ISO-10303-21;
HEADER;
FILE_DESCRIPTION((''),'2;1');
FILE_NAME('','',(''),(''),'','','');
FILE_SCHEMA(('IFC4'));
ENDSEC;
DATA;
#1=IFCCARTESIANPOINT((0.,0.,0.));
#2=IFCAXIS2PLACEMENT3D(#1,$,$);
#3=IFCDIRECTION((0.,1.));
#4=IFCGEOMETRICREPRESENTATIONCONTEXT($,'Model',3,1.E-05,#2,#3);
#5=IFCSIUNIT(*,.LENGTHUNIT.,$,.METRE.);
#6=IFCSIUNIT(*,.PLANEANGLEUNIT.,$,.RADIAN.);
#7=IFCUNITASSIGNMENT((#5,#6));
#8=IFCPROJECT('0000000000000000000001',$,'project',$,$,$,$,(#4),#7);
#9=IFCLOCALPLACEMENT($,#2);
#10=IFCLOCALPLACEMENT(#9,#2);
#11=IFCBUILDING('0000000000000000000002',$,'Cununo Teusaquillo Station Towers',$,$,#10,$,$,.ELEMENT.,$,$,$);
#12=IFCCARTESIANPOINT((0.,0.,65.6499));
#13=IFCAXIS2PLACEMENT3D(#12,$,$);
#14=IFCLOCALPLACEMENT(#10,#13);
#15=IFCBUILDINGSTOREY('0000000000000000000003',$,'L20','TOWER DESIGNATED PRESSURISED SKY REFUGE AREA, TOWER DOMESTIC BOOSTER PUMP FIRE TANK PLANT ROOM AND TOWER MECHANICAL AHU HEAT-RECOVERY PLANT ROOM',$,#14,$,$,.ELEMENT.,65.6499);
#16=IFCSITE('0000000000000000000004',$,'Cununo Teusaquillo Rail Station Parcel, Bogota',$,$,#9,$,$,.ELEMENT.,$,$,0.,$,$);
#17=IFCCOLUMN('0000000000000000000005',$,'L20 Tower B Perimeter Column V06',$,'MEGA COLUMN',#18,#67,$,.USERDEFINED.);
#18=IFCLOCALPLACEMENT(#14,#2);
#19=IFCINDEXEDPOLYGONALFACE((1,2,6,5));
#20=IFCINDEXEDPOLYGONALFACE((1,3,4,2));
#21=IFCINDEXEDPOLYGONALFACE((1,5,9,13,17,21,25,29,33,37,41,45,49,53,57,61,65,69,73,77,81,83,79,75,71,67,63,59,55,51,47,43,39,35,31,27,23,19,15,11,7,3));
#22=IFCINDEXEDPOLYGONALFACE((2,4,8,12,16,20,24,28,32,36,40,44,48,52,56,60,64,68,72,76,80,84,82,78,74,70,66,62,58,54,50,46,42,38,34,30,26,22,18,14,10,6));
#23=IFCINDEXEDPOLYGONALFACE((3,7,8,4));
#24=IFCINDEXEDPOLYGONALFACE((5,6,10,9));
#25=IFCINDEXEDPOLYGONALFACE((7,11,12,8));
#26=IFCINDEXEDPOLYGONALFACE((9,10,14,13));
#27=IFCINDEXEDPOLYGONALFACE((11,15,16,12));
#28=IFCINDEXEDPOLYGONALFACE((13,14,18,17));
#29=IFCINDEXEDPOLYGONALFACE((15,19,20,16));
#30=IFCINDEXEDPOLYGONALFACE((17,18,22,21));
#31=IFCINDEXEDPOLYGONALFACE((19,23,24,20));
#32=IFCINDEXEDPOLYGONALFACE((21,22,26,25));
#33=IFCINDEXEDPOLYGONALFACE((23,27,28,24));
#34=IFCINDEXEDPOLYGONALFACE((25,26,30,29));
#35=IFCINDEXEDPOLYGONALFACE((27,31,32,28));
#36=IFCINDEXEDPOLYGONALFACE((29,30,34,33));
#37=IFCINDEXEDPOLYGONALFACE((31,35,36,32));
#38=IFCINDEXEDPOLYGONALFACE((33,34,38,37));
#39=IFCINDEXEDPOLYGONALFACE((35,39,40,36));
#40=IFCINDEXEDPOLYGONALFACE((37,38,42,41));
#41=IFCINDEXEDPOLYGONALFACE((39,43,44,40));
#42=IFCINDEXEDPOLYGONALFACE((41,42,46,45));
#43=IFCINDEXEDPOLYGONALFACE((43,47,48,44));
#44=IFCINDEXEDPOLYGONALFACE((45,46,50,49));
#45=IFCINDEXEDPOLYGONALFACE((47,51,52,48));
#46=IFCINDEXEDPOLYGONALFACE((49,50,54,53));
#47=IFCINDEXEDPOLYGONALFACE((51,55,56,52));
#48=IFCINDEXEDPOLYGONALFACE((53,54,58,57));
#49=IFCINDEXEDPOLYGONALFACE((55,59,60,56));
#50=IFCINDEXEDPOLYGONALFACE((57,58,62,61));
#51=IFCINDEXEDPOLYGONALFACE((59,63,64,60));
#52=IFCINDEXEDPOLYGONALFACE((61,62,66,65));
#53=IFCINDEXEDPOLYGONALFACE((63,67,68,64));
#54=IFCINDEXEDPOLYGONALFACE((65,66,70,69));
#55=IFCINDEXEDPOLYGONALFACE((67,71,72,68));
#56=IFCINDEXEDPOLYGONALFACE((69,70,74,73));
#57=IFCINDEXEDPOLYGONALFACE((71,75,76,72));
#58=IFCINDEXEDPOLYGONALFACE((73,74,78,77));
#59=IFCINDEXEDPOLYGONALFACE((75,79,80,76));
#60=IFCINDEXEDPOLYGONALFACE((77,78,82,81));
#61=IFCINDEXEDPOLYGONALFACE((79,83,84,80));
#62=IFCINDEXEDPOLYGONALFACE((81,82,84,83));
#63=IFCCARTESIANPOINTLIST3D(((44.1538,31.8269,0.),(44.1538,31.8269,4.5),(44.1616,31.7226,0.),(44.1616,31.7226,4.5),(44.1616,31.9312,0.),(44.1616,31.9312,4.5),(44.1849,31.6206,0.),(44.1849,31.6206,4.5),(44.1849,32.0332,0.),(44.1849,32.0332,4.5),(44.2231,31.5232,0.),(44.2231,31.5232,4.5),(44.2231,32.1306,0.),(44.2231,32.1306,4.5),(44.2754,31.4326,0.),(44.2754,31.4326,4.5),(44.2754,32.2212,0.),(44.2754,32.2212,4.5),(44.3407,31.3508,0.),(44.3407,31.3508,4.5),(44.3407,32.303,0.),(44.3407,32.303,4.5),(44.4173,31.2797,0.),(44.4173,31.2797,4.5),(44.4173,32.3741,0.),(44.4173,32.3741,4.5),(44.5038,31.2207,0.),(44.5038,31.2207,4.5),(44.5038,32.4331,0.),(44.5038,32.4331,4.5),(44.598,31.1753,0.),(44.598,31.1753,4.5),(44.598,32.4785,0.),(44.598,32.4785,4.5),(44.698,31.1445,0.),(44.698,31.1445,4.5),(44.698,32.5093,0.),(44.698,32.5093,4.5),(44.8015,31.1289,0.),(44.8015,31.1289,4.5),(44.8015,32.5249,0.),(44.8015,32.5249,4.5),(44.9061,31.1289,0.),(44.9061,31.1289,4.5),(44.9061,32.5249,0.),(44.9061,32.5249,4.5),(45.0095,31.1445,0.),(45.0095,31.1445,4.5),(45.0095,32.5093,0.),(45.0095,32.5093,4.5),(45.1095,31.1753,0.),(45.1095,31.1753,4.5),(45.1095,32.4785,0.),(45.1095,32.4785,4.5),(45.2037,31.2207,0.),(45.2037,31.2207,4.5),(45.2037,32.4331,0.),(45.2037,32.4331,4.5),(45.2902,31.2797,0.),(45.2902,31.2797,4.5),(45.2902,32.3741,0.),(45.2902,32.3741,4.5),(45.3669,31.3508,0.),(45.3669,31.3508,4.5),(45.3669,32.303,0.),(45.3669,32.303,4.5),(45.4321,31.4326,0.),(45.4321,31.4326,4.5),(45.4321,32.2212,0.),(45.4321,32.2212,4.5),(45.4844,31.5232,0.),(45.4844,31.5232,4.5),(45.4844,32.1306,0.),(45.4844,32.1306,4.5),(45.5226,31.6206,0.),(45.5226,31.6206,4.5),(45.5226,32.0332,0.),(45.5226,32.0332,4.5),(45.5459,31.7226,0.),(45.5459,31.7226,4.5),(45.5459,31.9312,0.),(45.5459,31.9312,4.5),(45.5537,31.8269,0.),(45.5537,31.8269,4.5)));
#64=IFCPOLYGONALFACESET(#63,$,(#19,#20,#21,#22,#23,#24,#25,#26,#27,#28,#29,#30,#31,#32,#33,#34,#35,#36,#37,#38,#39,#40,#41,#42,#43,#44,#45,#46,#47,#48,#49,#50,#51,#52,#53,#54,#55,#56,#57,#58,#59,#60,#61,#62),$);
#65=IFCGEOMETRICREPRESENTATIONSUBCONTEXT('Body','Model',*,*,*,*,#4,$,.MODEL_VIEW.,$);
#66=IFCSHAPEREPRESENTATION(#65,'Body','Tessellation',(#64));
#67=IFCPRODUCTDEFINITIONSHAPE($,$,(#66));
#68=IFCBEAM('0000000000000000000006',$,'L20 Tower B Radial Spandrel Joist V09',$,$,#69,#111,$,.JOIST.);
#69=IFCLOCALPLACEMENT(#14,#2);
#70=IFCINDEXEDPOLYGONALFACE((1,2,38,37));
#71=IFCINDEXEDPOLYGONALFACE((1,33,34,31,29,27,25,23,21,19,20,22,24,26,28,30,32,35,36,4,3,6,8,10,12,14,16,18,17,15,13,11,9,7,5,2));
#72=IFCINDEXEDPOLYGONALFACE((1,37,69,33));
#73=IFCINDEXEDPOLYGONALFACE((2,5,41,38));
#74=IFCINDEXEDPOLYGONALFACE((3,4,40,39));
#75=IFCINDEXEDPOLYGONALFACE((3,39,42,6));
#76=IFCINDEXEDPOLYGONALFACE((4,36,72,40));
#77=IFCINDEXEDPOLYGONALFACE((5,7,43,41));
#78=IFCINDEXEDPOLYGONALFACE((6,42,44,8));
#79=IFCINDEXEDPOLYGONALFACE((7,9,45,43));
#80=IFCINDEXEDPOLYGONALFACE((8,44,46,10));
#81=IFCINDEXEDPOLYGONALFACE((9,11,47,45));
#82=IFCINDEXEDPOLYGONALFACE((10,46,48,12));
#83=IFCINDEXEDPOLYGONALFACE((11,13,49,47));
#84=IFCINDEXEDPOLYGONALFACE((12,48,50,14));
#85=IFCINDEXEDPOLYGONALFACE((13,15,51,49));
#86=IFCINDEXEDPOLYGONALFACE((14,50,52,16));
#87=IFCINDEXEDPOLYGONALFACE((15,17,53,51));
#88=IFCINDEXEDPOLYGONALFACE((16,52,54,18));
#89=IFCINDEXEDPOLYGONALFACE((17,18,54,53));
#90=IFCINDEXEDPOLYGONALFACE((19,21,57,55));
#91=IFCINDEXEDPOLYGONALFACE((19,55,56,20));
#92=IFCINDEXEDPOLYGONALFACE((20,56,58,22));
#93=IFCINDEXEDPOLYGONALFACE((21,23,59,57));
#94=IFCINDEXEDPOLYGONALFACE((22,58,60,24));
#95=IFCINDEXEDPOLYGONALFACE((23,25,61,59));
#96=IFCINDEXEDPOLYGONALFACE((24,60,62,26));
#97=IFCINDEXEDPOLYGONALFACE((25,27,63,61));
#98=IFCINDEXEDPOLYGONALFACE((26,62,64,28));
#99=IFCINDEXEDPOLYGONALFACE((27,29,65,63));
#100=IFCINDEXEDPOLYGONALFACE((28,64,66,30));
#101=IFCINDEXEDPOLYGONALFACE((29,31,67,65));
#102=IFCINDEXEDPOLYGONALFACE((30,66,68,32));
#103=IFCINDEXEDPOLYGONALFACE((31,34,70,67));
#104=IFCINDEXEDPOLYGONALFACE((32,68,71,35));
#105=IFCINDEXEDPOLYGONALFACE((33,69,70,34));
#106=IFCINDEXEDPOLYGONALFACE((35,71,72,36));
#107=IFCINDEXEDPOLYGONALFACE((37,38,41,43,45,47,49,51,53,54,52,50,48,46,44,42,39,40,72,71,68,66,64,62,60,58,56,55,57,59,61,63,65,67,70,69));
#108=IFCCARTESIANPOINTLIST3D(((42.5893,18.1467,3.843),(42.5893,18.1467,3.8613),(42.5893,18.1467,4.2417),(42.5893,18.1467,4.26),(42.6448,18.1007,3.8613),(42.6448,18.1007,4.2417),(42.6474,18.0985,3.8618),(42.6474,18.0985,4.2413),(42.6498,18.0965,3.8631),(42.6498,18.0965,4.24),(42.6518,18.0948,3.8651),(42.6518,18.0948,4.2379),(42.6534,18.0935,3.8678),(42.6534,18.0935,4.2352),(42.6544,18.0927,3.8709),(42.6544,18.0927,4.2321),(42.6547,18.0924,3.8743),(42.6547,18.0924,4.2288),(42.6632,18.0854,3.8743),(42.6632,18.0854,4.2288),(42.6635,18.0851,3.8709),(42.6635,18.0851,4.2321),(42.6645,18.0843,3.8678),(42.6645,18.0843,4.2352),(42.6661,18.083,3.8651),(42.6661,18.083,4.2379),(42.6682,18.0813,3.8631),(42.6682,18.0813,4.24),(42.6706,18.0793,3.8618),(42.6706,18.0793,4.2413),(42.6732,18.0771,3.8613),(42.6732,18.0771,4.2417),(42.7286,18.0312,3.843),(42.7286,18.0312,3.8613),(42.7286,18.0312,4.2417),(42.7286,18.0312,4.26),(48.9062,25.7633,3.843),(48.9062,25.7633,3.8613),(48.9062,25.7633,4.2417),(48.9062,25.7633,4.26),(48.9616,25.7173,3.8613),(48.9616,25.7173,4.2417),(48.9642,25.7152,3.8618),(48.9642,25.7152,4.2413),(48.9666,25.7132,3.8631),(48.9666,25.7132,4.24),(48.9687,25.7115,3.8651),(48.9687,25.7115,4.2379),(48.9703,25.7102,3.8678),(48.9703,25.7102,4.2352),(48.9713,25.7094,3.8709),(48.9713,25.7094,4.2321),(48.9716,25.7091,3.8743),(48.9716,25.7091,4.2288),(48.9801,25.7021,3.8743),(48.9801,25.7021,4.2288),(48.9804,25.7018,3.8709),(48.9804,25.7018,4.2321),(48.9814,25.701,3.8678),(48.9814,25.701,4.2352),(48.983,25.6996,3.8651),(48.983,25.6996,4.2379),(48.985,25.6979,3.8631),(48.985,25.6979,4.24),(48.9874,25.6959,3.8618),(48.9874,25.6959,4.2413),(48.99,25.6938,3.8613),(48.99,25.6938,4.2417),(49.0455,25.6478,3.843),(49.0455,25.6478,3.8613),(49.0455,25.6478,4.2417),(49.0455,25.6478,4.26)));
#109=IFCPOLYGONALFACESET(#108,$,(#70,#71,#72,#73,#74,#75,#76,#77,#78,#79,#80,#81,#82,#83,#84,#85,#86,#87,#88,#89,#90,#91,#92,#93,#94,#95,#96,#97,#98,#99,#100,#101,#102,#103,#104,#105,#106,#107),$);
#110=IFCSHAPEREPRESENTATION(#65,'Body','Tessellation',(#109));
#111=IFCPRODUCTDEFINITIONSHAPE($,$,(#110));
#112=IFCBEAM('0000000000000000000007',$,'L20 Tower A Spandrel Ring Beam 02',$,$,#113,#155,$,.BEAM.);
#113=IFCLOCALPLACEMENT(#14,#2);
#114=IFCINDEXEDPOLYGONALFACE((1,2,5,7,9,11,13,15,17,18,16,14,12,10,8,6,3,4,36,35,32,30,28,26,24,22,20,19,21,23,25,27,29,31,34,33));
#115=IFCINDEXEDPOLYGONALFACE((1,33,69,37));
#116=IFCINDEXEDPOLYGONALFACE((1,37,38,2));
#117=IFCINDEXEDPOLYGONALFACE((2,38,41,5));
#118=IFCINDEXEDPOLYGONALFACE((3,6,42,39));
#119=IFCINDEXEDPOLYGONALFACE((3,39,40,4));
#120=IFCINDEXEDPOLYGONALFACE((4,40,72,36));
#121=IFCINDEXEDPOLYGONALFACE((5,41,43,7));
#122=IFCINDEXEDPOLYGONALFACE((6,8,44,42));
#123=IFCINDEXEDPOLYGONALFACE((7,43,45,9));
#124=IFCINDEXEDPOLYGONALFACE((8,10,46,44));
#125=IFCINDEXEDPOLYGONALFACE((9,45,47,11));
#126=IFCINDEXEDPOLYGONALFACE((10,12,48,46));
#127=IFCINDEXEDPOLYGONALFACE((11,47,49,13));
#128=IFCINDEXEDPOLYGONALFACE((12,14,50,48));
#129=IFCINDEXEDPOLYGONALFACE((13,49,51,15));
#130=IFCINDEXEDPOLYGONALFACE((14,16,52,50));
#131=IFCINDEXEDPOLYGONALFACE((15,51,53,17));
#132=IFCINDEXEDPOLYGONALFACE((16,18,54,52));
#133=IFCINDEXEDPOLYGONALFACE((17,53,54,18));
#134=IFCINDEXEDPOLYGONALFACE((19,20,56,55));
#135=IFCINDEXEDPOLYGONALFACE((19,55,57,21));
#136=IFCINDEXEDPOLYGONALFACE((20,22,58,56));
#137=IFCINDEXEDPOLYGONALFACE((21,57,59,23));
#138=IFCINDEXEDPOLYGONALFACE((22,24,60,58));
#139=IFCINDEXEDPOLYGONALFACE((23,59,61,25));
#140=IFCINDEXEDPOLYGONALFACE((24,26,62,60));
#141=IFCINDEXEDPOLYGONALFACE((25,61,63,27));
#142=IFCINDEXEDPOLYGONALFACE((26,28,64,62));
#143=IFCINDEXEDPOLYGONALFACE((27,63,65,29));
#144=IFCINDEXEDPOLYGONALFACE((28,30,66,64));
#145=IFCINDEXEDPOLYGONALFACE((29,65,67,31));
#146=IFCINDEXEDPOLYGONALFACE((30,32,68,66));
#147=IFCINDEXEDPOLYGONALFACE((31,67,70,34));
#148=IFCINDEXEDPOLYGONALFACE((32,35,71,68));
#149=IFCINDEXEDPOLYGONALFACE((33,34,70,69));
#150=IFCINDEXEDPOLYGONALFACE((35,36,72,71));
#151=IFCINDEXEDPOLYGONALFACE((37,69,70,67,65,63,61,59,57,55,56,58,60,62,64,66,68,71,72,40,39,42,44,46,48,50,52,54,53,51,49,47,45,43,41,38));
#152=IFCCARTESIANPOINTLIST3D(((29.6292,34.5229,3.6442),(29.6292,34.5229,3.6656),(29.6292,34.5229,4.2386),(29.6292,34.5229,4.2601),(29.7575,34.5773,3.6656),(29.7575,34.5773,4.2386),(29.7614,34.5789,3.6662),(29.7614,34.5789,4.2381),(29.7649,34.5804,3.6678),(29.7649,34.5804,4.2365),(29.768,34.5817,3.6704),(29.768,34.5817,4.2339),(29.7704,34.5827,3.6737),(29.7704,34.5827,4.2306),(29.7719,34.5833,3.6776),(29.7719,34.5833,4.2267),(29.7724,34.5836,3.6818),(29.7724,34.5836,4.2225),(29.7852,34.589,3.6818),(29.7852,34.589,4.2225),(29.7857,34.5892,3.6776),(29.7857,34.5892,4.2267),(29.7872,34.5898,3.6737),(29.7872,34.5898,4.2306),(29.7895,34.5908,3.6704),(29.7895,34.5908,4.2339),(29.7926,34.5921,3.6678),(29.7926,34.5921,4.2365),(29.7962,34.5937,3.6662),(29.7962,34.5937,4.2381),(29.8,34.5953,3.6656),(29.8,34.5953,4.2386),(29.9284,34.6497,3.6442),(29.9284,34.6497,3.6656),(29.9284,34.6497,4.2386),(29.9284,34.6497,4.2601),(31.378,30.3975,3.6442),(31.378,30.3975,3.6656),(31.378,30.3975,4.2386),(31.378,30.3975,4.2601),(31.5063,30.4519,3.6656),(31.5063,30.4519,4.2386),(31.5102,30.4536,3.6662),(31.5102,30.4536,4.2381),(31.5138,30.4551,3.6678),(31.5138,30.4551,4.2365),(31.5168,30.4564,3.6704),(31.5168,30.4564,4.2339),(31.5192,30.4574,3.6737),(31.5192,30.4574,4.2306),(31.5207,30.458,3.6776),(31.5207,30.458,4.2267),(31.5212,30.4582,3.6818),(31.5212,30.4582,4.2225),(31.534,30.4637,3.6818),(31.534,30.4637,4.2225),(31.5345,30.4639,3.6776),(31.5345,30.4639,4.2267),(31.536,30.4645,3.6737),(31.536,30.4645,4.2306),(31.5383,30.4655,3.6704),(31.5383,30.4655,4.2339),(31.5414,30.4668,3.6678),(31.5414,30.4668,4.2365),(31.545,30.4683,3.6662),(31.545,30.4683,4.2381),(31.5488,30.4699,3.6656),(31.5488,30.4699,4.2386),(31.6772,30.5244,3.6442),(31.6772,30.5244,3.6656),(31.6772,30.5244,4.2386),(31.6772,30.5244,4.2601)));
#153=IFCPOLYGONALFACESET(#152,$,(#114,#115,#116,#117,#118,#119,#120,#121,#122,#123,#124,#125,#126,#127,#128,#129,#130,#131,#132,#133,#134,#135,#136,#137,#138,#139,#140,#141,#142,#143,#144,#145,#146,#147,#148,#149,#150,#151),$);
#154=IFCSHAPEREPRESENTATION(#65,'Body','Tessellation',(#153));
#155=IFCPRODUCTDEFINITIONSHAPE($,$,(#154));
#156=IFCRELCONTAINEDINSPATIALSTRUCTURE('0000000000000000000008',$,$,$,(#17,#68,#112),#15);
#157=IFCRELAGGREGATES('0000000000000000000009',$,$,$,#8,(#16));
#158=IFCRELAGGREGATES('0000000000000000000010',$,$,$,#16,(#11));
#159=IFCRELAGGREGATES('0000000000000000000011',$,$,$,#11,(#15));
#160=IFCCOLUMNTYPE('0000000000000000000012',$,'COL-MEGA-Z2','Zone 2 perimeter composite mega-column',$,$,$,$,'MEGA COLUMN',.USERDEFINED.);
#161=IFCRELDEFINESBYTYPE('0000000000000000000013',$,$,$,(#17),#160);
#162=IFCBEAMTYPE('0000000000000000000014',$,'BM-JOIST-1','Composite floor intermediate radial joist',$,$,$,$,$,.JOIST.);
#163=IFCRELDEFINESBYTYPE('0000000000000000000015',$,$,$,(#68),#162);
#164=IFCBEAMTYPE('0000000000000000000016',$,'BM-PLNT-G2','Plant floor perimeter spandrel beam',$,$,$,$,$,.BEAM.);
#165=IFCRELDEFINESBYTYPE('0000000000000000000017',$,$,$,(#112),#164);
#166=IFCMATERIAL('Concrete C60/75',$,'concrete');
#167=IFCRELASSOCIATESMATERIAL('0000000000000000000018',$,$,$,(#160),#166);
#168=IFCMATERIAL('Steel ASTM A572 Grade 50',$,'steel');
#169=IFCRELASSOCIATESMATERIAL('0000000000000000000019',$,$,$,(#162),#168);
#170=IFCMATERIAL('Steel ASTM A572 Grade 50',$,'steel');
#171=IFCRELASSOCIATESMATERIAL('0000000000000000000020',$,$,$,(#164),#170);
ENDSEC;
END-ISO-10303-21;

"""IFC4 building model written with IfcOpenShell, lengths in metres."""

from ifc_helpers import new_model, si_unit, direction, frame, origin, origin_2d, place, context, subcontext, project, spatial, circle, i_section, extrude, material, material_profile, profile_set, type_object, element, save


model = new_model("IFC4")

# Units and contexts
model_context = context("Model", 3, precision=1e-05, world=origin(), true_north=direction((0.0, 1.0)))
body_context = subcontext(model_context, "Body", "Model", "MODEL_VIEW")
ifc_project = project(units=[si_unit("LENGTHUNIT", "METRE"), si_unit("PLANEANGLEUNIT", "RADIAN")], contexts=[model_context])

# Site, building, storey
site_placement = place(None, origin())
site = spatial("IfcSite", under=ifc_project, at=site_placement, Name="Cununo Teusaquillo Rail Station Parcel, Bogota", CompositionType="ELEMENT", RefElevation=0.0)
building_placement = place(site_placement, origin())
building = spatial("IfcBuilding", under=site, at=building_placement, Name="Cununo Teusaquillo Station Towers", CompositionType="ELEMENT")
storey_placement = place(building_placement, frame((0.0, 0.0, 65.6499)))
storey = spatial("IfcBuildingStorey", under=building, at=storey_placement, Name="L20", Description="TOWER DESIGNATED PRESSURISED SKY REFUGE AREA, TOWER DOMESTIC BOOSTER PUMP FIRE TANK PLANT ROOM AND TOWER MECHANICAL AHU HEAT-RECOVERY PLANT ROOM", CompositionType="ELEMENT", Elevation=65.6499)

# Column
ifc_material_1 = material(Name="Concrete C60/75", Category="concrete")
ifc_material_profile_1 = material_profile(ifc_material_1, circle(Radius=0.7, at=origin_2d()), Name="RC-CIRC-1400")
ifc_profile_set_1 = profile_set([ifc_material_profile_1], Name="Concrete C60/75")
column_type = type_object("IfcColumnType", Name="COL-MEGA-Z2", Description="Zone 2 perimeter composite mega-column", ElementType="MEGA COLUMN", PredefinedType="USERDEFINED", material=ifc_profile_set_1)
column_placement = place(storey_placement, frame((44.8538, 31.8269, 0.0), z_axis=(0.0, 0.0, 1.0), x_axis=(1.0, 0.0, 0.0)))
element("IfcColumn", 1, at=column_placement, inside=storey, type_object=column_type, Name="L20 Tower B Perimeter Column V06", ObjectType="MEGA COLUMN", PredefinedType="USERDEFINED", context=body_context, shape_type="SweptSolid", body=[
    extrude(circle(Radius=0.7, at=origin_2d()), origin(), (0.0, 0.0, 1.0), 4.5),
])

# Beams
ifc_material_2 = material(Name="Steel ASTM A572 Grade 50", Category="steel")
ifc_material_profile_2 = material_profile(ifc_material_2, i_section(OverallWidth=0.1809, OverallDepth=0.417, WebThickness=0.011, FlangeThickness=0.0183, FilletRadius=0.0129, at=origin_2d()), Name="W16X57")
ifc_profile_set_2 = profile_set([ifc_material_profile_2], Name="Steel ASTM A572 Grade 50")
beam_type_1 = type_object("IfcBeamType", Name="BM-JOIST-1", Description="Composite floor intermediate radial joist", PredefinedType="JOIST", material=ifc_profile_set_2)
beam_1_placement = place(storey_placement, frame((48.9758, 25.7056, 4.0515), z_axis=(-0.638372, -0.769728, 0.0), x_axis=(0.769728, -0.638372, 0.0)))
element("IfcBeam", 2, at=beam_1_placement, inside=storey, type_object=beam_type_1, Name="L20 Tower B Radial Spandrel Joist V09", PredefinedType="JOIST", context=body_context, shape_type="SweptSolid", body=[
    extrude(i_section(OverallWidth=0.1809, OverallDepth=0.417, WebThickness=0.011, FlangeThickness=0.0183, FilletRadius=0.0129, at=origin_2d()), origin(), (0.0, 0.0, 1.0), 9.8953),
])
ifc_material_3 = material(Name="Steel ASTM A572 Grade 50", Category="steel")
ifc_material_profile_3 = material_profile(ifc_material_3, i_section(OverallWidth=0.325, OverallDepth=0.616, WebThickness=0.0139, FlangeThickness=0.0215, FilletRadius=0.0161, at=origin_2d()), Name="W24X117")
ifc_profile_set_3 = profile_set([ifc_material_profile_3], Name="Steel ASTM A572 Grade 50")
beam_type_2 = type_object("IfcBeamType", Name="BM-PLNT-G2", Description="Plant floor perimeter spandrel beam", PredefinedType="BEAM", material=ifc_profile_set_3)
beam_2_placement = place(storey_placement, frame((31.5276, 30.4609, 3.9521), z_axis=(-0.390299, 0.920688, 0.0), x_axis=(-0.920688, -0.390299, 0.0)))
element("IfcBeam", 3, at=beam_2_placement, inside=storey, type_object=beam_type_2, Name="L20 Tower A Spandrel Ring Beam 02", PredefinedType="BEAM", context=body_context, shape_type="SweptSolid", body=[
    extrude(i_section(OverallWidth=0.325, OverallDepth=0.616, WebThickness=0.0139, FlangeThickness=0.0215, FilletRadius=0.0161, at=origin_2d()), origin(), (0.0, 0.0, 1.0), 4.4807),
])

save(model, "model.ifc")
